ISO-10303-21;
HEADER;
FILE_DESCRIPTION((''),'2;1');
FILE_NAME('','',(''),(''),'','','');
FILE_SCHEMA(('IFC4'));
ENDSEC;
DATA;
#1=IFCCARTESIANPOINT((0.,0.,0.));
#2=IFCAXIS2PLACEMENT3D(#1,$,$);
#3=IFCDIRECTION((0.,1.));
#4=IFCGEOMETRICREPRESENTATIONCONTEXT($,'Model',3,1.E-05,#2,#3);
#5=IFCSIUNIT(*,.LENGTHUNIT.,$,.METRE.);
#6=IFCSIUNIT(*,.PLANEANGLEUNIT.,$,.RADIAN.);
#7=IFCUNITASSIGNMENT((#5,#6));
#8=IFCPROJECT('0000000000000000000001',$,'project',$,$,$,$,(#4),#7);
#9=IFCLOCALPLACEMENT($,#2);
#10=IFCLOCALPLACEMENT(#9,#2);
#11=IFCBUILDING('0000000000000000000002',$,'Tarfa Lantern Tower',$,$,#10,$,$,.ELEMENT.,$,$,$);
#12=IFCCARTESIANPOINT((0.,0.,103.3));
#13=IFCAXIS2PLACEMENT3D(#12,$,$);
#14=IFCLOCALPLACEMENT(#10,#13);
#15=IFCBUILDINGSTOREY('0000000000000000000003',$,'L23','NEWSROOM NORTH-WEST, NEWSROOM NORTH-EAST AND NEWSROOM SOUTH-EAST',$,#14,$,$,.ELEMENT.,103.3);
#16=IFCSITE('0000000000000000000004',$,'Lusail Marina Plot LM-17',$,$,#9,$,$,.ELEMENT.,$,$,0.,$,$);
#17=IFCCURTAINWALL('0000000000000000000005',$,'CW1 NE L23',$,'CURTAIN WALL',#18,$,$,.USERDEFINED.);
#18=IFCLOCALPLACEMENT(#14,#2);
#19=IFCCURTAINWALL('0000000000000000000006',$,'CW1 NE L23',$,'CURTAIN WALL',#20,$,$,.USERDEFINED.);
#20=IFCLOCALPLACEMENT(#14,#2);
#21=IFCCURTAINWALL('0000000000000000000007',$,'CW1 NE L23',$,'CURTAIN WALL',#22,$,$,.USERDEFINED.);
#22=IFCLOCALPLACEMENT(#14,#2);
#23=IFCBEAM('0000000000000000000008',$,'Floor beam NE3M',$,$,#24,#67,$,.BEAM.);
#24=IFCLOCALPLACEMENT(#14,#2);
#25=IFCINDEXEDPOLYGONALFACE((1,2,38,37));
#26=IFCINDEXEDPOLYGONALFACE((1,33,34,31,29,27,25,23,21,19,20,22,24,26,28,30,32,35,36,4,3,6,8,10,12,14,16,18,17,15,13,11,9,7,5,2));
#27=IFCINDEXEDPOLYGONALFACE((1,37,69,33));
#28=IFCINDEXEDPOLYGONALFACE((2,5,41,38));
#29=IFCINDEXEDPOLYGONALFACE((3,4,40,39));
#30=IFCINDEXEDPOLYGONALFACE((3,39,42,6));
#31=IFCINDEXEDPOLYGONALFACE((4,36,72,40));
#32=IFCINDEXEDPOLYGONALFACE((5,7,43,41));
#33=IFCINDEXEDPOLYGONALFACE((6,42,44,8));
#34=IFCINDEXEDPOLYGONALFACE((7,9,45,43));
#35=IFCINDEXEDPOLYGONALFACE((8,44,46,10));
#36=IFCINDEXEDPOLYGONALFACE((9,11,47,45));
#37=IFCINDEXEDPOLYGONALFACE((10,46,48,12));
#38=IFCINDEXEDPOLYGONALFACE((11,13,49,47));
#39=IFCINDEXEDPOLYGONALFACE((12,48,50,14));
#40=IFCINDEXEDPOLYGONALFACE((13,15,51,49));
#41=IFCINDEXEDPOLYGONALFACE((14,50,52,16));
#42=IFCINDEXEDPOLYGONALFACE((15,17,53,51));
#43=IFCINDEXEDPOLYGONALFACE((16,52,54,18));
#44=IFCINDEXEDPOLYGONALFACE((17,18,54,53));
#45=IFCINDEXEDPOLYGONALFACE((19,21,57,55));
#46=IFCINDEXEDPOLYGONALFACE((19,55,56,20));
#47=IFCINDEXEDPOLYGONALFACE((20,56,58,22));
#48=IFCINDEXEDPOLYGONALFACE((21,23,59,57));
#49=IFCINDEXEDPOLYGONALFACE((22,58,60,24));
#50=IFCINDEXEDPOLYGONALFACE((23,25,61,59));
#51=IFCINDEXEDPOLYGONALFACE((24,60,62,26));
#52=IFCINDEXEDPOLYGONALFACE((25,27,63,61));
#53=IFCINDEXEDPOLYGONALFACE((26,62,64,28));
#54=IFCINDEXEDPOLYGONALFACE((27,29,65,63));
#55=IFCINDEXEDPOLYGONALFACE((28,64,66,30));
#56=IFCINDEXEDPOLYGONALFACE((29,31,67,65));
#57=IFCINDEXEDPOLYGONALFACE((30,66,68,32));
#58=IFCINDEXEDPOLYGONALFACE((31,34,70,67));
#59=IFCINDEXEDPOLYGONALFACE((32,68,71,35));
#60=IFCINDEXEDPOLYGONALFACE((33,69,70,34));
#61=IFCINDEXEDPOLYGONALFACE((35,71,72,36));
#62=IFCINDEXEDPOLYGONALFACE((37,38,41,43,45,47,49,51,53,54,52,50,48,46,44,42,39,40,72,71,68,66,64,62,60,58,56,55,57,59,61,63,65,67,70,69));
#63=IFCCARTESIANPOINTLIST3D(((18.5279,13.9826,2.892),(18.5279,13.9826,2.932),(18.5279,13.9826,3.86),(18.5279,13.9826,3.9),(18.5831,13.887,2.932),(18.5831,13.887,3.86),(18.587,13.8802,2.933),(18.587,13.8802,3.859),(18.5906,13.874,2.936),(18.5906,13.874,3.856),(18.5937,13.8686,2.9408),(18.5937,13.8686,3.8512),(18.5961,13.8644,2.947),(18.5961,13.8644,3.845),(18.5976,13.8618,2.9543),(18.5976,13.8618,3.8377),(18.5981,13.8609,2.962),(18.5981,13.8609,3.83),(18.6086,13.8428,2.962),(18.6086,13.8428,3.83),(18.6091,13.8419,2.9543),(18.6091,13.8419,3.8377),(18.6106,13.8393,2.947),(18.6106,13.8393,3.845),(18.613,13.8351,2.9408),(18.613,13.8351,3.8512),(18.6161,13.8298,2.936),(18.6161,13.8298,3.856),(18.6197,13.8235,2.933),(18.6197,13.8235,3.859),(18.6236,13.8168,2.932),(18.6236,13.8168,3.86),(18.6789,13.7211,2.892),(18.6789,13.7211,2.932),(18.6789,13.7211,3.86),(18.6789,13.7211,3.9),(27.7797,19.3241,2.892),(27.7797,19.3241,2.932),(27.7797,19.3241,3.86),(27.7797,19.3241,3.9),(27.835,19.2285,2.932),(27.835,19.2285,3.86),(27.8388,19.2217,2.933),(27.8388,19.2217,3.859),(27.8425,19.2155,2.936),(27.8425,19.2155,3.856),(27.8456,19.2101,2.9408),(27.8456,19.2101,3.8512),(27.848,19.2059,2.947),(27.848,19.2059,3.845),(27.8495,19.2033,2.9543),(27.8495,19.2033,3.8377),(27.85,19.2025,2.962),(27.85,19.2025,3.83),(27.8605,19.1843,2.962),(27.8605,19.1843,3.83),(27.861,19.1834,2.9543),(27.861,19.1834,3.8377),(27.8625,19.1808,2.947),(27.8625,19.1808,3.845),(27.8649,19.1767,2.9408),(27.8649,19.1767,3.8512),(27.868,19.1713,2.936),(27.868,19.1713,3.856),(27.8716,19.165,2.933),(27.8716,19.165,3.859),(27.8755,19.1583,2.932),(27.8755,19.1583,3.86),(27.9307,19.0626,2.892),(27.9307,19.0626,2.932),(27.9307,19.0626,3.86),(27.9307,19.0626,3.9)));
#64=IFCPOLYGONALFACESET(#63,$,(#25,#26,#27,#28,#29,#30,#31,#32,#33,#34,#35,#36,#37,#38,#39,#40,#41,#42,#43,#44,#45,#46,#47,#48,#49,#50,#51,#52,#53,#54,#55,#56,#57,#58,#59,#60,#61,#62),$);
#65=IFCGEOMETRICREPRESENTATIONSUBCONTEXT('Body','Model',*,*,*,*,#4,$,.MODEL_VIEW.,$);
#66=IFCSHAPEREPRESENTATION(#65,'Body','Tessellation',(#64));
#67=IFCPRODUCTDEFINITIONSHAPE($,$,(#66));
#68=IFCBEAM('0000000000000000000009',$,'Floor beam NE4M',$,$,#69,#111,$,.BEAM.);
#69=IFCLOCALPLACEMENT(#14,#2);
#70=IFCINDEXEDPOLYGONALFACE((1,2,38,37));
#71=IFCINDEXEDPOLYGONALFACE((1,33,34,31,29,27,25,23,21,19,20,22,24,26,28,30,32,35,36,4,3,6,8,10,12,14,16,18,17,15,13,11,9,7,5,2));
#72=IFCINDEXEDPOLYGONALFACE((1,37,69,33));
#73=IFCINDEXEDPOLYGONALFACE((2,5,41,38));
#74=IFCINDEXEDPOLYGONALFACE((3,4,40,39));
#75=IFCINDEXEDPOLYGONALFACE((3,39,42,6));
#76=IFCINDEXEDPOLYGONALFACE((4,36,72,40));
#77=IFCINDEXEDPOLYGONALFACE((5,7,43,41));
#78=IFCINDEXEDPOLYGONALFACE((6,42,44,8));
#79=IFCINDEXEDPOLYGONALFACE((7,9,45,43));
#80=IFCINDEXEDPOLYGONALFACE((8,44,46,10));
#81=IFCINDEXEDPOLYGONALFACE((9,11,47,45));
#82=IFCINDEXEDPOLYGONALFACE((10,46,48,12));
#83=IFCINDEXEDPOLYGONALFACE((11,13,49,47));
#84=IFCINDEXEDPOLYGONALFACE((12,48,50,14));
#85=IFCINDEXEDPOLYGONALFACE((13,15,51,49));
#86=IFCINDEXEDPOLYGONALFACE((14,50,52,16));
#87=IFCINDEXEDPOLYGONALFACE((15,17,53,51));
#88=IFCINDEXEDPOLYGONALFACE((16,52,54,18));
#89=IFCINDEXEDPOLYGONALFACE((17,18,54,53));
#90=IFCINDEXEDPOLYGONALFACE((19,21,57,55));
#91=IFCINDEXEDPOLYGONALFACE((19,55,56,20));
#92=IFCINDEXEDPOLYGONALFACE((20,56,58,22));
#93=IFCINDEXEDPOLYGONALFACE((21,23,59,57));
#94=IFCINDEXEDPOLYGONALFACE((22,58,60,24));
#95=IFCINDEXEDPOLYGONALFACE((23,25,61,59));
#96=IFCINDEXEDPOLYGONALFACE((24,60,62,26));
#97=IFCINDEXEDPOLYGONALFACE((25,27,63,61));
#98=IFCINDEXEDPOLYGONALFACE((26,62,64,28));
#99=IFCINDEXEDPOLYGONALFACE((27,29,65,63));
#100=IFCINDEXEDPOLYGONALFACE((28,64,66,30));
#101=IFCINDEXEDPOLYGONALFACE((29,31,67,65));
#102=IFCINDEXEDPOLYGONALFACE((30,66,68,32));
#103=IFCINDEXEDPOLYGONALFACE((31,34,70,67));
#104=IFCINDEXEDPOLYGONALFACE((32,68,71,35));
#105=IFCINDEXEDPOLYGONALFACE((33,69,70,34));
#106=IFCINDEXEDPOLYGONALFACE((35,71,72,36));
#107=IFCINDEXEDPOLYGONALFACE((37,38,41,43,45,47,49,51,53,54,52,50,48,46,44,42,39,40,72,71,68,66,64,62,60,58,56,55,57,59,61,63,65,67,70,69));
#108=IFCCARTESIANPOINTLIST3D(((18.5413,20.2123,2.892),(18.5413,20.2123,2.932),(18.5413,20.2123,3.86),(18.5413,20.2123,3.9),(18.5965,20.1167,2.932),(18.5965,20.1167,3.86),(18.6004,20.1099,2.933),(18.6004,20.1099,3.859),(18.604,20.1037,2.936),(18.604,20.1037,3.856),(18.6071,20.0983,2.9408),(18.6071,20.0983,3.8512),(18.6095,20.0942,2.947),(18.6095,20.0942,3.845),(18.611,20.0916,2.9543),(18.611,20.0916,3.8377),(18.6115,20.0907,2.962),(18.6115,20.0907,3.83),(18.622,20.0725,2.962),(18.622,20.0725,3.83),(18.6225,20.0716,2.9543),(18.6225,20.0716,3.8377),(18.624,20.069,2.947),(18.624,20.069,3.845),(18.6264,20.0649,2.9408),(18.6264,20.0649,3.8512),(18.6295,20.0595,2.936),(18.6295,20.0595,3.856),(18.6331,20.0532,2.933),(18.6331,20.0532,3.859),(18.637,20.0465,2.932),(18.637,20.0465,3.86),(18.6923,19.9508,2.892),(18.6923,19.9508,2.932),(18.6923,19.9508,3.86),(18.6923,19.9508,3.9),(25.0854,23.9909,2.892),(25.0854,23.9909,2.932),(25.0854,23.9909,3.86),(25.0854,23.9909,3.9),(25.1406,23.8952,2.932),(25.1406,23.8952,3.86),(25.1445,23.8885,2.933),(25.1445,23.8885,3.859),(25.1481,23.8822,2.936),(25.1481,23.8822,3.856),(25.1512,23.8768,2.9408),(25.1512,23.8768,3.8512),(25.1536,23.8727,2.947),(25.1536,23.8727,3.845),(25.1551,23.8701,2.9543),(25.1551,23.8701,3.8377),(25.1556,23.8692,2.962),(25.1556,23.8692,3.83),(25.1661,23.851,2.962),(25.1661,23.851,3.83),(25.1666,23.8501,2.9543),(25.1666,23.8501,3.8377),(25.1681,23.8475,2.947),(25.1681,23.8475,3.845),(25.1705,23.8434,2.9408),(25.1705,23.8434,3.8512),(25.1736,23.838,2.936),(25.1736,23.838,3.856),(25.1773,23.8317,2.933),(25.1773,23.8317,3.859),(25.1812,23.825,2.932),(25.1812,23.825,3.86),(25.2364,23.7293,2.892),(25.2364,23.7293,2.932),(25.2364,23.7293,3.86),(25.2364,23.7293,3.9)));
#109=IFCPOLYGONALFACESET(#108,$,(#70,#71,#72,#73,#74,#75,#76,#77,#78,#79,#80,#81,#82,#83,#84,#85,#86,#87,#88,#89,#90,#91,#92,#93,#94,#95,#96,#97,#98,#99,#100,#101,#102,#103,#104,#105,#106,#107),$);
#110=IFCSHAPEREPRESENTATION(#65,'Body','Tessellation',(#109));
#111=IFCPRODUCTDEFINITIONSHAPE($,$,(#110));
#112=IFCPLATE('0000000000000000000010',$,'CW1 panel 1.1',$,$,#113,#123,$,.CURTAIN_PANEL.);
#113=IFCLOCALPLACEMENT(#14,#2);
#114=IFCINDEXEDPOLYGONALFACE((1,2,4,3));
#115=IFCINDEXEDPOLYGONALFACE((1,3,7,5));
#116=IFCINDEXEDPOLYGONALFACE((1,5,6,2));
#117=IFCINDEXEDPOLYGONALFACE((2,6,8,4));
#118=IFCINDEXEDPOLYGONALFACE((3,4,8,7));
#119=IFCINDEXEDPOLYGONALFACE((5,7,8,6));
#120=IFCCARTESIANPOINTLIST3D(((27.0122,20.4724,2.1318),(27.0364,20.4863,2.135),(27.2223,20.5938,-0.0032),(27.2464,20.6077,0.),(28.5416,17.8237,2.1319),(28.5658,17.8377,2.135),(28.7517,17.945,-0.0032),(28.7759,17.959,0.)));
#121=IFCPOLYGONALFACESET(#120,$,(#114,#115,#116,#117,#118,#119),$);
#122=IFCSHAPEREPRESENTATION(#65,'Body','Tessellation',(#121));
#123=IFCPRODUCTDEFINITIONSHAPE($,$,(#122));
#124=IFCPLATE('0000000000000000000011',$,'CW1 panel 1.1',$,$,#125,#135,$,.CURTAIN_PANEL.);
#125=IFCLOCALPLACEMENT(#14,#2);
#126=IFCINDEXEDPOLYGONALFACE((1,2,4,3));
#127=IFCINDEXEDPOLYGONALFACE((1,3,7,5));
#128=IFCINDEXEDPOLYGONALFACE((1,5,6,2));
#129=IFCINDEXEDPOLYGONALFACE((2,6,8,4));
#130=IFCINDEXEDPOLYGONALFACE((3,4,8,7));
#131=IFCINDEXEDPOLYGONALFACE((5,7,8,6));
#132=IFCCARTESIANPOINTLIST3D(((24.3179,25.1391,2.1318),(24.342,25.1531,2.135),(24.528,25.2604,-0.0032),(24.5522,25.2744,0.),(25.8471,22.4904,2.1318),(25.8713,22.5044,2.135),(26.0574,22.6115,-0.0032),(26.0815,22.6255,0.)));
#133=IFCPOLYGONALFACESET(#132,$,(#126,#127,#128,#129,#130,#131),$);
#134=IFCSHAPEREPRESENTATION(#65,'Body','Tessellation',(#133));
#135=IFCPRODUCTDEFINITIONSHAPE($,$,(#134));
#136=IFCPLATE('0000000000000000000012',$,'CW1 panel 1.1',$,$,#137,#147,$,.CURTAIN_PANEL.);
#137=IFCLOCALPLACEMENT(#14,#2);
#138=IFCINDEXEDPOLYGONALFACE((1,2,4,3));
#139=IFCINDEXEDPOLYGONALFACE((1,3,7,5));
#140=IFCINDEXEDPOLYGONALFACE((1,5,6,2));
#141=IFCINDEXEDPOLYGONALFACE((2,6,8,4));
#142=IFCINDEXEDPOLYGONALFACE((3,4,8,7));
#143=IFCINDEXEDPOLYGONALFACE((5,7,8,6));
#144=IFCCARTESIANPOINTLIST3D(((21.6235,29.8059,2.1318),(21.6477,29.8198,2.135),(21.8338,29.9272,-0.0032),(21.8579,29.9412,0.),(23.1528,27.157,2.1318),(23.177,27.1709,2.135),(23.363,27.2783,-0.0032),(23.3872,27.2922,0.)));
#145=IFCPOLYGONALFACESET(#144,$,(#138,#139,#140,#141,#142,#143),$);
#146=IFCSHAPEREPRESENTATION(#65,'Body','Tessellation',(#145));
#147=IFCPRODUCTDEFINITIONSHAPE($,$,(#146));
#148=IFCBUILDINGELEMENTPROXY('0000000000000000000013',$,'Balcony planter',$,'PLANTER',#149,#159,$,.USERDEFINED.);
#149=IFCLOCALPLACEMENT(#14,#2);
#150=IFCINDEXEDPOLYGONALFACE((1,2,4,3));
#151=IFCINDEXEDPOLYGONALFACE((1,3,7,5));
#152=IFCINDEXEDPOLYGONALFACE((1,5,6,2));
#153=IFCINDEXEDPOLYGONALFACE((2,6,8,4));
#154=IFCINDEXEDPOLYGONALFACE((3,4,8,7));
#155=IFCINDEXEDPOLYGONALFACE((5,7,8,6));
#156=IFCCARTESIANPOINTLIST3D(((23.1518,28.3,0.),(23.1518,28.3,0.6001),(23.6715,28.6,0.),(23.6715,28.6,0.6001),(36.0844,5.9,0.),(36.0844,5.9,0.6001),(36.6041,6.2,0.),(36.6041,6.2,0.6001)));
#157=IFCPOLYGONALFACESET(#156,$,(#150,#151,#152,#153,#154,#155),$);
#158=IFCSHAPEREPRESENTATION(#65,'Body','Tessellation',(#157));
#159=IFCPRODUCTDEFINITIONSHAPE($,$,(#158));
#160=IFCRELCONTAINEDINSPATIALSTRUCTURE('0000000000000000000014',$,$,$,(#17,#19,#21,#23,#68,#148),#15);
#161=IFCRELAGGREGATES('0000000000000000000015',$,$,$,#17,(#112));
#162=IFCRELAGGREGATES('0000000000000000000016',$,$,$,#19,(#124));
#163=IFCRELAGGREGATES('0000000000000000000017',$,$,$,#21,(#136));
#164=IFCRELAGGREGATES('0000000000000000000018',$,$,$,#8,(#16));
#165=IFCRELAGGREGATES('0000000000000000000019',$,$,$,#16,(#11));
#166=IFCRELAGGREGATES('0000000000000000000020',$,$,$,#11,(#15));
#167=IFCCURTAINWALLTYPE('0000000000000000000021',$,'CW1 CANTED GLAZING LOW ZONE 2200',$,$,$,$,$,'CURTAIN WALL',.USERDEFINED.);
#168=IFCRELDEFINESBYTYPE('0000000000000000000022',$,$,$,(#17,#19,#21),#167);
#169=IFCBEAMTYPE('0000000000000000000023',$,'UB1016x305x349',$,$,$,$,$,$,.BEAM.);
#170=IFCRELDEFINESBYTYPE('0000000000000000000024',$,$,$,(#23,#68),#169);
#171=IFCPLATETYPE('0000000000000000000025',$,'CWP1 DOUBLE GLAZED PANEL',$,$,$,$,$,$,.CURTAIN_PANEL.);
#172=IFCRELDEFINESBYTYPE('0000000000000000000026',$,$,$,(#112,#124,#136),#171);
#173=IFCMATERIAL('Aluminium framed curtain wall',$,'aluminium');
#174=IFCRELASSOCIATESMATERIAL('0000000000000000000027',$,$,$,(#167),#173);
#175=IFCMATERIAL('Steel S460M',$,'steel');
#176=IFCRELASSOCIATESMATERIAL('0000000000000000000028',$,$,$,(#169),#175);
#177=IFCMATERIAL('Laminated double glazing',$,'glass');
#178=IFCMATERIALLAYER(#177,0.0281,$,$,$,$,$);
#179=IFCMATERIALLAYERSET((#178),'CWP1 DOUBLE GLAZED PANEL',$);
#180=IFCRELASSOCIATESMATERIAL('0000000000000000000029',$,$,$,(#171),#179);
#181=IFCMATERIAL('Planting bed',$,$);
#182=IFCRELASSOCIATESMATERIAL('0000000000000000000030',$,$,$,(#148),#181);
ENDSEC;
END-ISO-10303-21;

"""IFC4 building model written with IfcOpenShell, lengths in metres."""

from ifc_helpers import new_model, si_unit, direction, frame, origin, origin_2d, place, context, subcontext, project, spatial, polyline, rectangle, i_section, outline, extrude, material, layer, layer_set, material_profile, profile_set, type_object, element, aggregate, save


model = new_model("IFC4")

# Units and contexts
model_context = context("Model", 3, precision=1e-05, world=origin(), true_north=direction((0.0, 1.0)))
body_context = subcontext(model_context, "Body", "Model", "MODEL_VIEW")
ifc_project = project(units=[si_unit("LENGTHUNIT", "METRE"), si_unit("PLANEANGLEUNIT", "RADIAN")], contexts=[model_context])

# Site, building, storey
site_placement = place(None, origin())
site = spatial("IfcSite", under=ifc_project, at=site_placement, Name="Lusail Marina Plot LM-17", CompositionType="ELEMENT", RefElevation=0.0)
building_placement = place(site_placement, origin())
building = spatial("IfcBuilding", under=site, at=building_placement, Name="Tarfa Lantern Tower", CompositionType="ELEMENT")
storey_placement = place(building_placement, frame((0.0, 0.0, 103.3)))
storey = spatial("IfcBuildingStorey", under=building, at=storey_placement, Name="L23", Description="NEWSROOM NORTH-WEST, NEWSROOM NORTH-EAST AND NEWSROOM SOUTH-EAST", CompositionType="ELEMENT", Elevation=103.3)

# Shared definitions
ifc_material_1 = material(Name="Aluminium framed curtain wall", Category="aluminium")
curtain_wall_type = type_object("IfcCurtainWallType", Name="CW1 CANTED GLAZING LOW ZONE 2200", ElementType="CURTAIN WALL", PredefinedType="USERDEFINED", material=ifc_material_1)

# Curtain walls
curtain_wall_1_placement = place(storey_placement, origin())
curtain_wall_1 = element("IfcCurtainWall", 1, at=curtain_wall_1_placement, inside=storey, type_object=curtain_wall_type, Name="CW1 NE L23", ObjectType="CURTAIN WALL", PredefinedType="USERDEFINED")
curtain_wall_2_placement = place(storey_placement, origin())
curtain_wall_2 = element("IfcCurtainWall", 2, at=curtain_wall_2_placement, inside=storey, type_object=curtain_wall_type, Name="CW1 NE L23", ObjectType="CURTAIN WALL", PredefinedType="USERDEFINED")

# Curtain wall
curtain_wall_3_placement = place(storey_placement, origin())
curtain_wall_3 = element("IfcCurtainWall", 3, at=curtain_wall_3_placement, inside=storey, type_object=curtain_wall_type, Name="CW1 NE L23", ObjectType="CURTAIN WALL", PredefinedType="USERDEFINED")

# Beams
ifc_material_2 = material(Name="Steel S460M", Category="steel")
ifc_material_profile_1 = material_profile(ifc_material_2, i_section(OverallWidth=0.302, OverallDepth=1.0081, WebThickness=0.021, FlangeThickness=0.04, FilletRadius=0.03, at=origin_2d()), Name="UB1016x305x349")
ifc_profile_set_1 = profile_set([ifc_material_profile_1], Name="Steel S460M")
beam_type_1 = type_object("IfcBeamType", Name="UB1016x305x349", PredefinedType="BEAM", material=ifc_profile_set_1)
beam_1_placement = place(storey_placement, frame((27.8552, 19.1934, 3.396), z_axis=(-0.866028, -0.499995, 0.0), x_axis=(0.499995, -0.866028, 0.0)))
element("IfcBeam", 4, at=beam_1_placement, inside=storey, type_object=beam_type_1, Name="Floor beam NE3M", PredefinedType="BEAM", context=body_context, shape_type="SweptSolid", body=[
    extrude(i_section(OverallWidth=0.302, OverallDepth=1.0081, WebThickness=0.021, FlangeThickness=0.04, FilletRadius=0.03, at=origin_2d()), origin(), (0.0, 0.0, 1.0), 10.6831),
])
beam_2_placement = place(storey_placement, frame((25.1609, 23.8601, 3.396), z_axis=(-0.86601, -0.500027, 0.0), x_axis=(0.500027, -0.86601, 0.0)))
element("IfcBeam", 5, at=beam_2_placement, inside=storey, type_object=beam_type_1, Name="Floor beam NE4M", PredefinedType="BEAM", context=body_context, shape_type="SweptSolid", body=[
    extrude(i_section(OverallWidth=0.302, OverallDepth=1.0081, WebThickness=0.021, FlangeThickness=0.04, FilletRadius=0.03, at=origin_2d()), origin(), (0.0, 0.0, 1.0), 7.5566),
])

# Plates
ifc_material_3 = material(Name="Laminated double glazing", Category="glass")
ifc_layer = layer(ifc_material_3, 0.0281)
ifc_layer_set = layer_set([ifc_layer], Name="CWP1 DOUBLE GLAZED PANEL")
plate_type = type_object("IfcPlateType", Name="CWP1 DOUBLE GLAZED PANEL", PredefinedType="CURTAIN_PANEL", material=ifc_layer_set)
plate_1_placement = place(storey_placement, frame((28.7759, 17.959, 0.0), z_axis=(0.860459, 0.496852, 0.112906), x_axis=(-0.50005, 0.865997, 0.000004)))
plate_1 = element("IfcPlate", 6, at=plate_1_placement, type_object=plate_type, Name="CW1 panel 1.1", PredefinedType="CURTAIN_PANEL", context=body_context, shape_type="SweptSolid", body=[
    extrude(outline(polyline([(0.0, 0.0), (3.0586, 0.0), (3.0585, 2.1487), (0.0, 2.1488), (0.0, 0.0)])), origin(), (0.0, 0.0, -1.0), 0.0281),
])
aggregate(curtain_wall_1, [plate_1])
plate_2_placement = place(storey_placement, frame((26.0815, 22.6255, 0.0), z_axis=(0.860484, 0.496804, 0.112926), x_axis=(-0.500002, 0.866024, -0.000002)))
plate_2 = element("IfcPlate", 7, at=plate_2_placement, type_object=plate_type, Name="CW1 panel 1.1", PredefinedType="CURTAIN_PANEL", context=body_context, shape_type="SweptSolid", body=[
    extrude(outline(polyline([(0.0, 0.0), (3.0587, 0.0), (3.0587, 2.1488), (0.0002, 2.1487), (0.0, 0.0)])), origin(), (0.0, 0.0, -1.0), 0.0281),
])
aggregate(curtain_wall_2, [plate_2])
plate_3_placement = place(storey_placement, frame((23.3872, 27.2922, 0.0), z_axis=(0.860492, 0.496785, 0.112954), x_axis=(-0.499985, 0.866034, 0.0)))
plate_3 = element("IfcPlate", 8, at=plate_3_placement, type_object=plate_type, Name="CW1 panel 1.1", PredefinedType="CURTAIN_PANEL", context=body_context, shape_type="SweptSolid", body=[
    extrude(outline(polyline([(0.0, 0.0), (3.0587, 0.0), (3.0587, 2.1488), (0.0, 2.1488), (0.0, 0.0)])), origin(), (0.0, 0.0, -1.0), 0.0281),
])
aggregate(curtain_wall_3, [plate_3])

# Building element proxy
ifc_material_4 = material(Name="Planting bed")
proxy_placement = place(storey_placement, frame((29.8779, 17.25, 0.0), z_axis=(0.0, 0.0, 1.0), x_axis=(-0.5, 0.866025, 0.0)))
element("IfcBuildingElementProxy", 9, at=proxy_placement, inside=storey, material=ifc_material_4, Name="Balcony planter", ObjectType="PLANTER", PredefinedType="USERDEFINED", context=body_context, shape_type="SweptSolid", body=[
    extrude(rectangle(XDim=25.8652, YDim=0.6001, at=origin_2d()), origin(), (0.0, 0.0, 1.0), 0.6001),
])

save(model, "model.ifc")
